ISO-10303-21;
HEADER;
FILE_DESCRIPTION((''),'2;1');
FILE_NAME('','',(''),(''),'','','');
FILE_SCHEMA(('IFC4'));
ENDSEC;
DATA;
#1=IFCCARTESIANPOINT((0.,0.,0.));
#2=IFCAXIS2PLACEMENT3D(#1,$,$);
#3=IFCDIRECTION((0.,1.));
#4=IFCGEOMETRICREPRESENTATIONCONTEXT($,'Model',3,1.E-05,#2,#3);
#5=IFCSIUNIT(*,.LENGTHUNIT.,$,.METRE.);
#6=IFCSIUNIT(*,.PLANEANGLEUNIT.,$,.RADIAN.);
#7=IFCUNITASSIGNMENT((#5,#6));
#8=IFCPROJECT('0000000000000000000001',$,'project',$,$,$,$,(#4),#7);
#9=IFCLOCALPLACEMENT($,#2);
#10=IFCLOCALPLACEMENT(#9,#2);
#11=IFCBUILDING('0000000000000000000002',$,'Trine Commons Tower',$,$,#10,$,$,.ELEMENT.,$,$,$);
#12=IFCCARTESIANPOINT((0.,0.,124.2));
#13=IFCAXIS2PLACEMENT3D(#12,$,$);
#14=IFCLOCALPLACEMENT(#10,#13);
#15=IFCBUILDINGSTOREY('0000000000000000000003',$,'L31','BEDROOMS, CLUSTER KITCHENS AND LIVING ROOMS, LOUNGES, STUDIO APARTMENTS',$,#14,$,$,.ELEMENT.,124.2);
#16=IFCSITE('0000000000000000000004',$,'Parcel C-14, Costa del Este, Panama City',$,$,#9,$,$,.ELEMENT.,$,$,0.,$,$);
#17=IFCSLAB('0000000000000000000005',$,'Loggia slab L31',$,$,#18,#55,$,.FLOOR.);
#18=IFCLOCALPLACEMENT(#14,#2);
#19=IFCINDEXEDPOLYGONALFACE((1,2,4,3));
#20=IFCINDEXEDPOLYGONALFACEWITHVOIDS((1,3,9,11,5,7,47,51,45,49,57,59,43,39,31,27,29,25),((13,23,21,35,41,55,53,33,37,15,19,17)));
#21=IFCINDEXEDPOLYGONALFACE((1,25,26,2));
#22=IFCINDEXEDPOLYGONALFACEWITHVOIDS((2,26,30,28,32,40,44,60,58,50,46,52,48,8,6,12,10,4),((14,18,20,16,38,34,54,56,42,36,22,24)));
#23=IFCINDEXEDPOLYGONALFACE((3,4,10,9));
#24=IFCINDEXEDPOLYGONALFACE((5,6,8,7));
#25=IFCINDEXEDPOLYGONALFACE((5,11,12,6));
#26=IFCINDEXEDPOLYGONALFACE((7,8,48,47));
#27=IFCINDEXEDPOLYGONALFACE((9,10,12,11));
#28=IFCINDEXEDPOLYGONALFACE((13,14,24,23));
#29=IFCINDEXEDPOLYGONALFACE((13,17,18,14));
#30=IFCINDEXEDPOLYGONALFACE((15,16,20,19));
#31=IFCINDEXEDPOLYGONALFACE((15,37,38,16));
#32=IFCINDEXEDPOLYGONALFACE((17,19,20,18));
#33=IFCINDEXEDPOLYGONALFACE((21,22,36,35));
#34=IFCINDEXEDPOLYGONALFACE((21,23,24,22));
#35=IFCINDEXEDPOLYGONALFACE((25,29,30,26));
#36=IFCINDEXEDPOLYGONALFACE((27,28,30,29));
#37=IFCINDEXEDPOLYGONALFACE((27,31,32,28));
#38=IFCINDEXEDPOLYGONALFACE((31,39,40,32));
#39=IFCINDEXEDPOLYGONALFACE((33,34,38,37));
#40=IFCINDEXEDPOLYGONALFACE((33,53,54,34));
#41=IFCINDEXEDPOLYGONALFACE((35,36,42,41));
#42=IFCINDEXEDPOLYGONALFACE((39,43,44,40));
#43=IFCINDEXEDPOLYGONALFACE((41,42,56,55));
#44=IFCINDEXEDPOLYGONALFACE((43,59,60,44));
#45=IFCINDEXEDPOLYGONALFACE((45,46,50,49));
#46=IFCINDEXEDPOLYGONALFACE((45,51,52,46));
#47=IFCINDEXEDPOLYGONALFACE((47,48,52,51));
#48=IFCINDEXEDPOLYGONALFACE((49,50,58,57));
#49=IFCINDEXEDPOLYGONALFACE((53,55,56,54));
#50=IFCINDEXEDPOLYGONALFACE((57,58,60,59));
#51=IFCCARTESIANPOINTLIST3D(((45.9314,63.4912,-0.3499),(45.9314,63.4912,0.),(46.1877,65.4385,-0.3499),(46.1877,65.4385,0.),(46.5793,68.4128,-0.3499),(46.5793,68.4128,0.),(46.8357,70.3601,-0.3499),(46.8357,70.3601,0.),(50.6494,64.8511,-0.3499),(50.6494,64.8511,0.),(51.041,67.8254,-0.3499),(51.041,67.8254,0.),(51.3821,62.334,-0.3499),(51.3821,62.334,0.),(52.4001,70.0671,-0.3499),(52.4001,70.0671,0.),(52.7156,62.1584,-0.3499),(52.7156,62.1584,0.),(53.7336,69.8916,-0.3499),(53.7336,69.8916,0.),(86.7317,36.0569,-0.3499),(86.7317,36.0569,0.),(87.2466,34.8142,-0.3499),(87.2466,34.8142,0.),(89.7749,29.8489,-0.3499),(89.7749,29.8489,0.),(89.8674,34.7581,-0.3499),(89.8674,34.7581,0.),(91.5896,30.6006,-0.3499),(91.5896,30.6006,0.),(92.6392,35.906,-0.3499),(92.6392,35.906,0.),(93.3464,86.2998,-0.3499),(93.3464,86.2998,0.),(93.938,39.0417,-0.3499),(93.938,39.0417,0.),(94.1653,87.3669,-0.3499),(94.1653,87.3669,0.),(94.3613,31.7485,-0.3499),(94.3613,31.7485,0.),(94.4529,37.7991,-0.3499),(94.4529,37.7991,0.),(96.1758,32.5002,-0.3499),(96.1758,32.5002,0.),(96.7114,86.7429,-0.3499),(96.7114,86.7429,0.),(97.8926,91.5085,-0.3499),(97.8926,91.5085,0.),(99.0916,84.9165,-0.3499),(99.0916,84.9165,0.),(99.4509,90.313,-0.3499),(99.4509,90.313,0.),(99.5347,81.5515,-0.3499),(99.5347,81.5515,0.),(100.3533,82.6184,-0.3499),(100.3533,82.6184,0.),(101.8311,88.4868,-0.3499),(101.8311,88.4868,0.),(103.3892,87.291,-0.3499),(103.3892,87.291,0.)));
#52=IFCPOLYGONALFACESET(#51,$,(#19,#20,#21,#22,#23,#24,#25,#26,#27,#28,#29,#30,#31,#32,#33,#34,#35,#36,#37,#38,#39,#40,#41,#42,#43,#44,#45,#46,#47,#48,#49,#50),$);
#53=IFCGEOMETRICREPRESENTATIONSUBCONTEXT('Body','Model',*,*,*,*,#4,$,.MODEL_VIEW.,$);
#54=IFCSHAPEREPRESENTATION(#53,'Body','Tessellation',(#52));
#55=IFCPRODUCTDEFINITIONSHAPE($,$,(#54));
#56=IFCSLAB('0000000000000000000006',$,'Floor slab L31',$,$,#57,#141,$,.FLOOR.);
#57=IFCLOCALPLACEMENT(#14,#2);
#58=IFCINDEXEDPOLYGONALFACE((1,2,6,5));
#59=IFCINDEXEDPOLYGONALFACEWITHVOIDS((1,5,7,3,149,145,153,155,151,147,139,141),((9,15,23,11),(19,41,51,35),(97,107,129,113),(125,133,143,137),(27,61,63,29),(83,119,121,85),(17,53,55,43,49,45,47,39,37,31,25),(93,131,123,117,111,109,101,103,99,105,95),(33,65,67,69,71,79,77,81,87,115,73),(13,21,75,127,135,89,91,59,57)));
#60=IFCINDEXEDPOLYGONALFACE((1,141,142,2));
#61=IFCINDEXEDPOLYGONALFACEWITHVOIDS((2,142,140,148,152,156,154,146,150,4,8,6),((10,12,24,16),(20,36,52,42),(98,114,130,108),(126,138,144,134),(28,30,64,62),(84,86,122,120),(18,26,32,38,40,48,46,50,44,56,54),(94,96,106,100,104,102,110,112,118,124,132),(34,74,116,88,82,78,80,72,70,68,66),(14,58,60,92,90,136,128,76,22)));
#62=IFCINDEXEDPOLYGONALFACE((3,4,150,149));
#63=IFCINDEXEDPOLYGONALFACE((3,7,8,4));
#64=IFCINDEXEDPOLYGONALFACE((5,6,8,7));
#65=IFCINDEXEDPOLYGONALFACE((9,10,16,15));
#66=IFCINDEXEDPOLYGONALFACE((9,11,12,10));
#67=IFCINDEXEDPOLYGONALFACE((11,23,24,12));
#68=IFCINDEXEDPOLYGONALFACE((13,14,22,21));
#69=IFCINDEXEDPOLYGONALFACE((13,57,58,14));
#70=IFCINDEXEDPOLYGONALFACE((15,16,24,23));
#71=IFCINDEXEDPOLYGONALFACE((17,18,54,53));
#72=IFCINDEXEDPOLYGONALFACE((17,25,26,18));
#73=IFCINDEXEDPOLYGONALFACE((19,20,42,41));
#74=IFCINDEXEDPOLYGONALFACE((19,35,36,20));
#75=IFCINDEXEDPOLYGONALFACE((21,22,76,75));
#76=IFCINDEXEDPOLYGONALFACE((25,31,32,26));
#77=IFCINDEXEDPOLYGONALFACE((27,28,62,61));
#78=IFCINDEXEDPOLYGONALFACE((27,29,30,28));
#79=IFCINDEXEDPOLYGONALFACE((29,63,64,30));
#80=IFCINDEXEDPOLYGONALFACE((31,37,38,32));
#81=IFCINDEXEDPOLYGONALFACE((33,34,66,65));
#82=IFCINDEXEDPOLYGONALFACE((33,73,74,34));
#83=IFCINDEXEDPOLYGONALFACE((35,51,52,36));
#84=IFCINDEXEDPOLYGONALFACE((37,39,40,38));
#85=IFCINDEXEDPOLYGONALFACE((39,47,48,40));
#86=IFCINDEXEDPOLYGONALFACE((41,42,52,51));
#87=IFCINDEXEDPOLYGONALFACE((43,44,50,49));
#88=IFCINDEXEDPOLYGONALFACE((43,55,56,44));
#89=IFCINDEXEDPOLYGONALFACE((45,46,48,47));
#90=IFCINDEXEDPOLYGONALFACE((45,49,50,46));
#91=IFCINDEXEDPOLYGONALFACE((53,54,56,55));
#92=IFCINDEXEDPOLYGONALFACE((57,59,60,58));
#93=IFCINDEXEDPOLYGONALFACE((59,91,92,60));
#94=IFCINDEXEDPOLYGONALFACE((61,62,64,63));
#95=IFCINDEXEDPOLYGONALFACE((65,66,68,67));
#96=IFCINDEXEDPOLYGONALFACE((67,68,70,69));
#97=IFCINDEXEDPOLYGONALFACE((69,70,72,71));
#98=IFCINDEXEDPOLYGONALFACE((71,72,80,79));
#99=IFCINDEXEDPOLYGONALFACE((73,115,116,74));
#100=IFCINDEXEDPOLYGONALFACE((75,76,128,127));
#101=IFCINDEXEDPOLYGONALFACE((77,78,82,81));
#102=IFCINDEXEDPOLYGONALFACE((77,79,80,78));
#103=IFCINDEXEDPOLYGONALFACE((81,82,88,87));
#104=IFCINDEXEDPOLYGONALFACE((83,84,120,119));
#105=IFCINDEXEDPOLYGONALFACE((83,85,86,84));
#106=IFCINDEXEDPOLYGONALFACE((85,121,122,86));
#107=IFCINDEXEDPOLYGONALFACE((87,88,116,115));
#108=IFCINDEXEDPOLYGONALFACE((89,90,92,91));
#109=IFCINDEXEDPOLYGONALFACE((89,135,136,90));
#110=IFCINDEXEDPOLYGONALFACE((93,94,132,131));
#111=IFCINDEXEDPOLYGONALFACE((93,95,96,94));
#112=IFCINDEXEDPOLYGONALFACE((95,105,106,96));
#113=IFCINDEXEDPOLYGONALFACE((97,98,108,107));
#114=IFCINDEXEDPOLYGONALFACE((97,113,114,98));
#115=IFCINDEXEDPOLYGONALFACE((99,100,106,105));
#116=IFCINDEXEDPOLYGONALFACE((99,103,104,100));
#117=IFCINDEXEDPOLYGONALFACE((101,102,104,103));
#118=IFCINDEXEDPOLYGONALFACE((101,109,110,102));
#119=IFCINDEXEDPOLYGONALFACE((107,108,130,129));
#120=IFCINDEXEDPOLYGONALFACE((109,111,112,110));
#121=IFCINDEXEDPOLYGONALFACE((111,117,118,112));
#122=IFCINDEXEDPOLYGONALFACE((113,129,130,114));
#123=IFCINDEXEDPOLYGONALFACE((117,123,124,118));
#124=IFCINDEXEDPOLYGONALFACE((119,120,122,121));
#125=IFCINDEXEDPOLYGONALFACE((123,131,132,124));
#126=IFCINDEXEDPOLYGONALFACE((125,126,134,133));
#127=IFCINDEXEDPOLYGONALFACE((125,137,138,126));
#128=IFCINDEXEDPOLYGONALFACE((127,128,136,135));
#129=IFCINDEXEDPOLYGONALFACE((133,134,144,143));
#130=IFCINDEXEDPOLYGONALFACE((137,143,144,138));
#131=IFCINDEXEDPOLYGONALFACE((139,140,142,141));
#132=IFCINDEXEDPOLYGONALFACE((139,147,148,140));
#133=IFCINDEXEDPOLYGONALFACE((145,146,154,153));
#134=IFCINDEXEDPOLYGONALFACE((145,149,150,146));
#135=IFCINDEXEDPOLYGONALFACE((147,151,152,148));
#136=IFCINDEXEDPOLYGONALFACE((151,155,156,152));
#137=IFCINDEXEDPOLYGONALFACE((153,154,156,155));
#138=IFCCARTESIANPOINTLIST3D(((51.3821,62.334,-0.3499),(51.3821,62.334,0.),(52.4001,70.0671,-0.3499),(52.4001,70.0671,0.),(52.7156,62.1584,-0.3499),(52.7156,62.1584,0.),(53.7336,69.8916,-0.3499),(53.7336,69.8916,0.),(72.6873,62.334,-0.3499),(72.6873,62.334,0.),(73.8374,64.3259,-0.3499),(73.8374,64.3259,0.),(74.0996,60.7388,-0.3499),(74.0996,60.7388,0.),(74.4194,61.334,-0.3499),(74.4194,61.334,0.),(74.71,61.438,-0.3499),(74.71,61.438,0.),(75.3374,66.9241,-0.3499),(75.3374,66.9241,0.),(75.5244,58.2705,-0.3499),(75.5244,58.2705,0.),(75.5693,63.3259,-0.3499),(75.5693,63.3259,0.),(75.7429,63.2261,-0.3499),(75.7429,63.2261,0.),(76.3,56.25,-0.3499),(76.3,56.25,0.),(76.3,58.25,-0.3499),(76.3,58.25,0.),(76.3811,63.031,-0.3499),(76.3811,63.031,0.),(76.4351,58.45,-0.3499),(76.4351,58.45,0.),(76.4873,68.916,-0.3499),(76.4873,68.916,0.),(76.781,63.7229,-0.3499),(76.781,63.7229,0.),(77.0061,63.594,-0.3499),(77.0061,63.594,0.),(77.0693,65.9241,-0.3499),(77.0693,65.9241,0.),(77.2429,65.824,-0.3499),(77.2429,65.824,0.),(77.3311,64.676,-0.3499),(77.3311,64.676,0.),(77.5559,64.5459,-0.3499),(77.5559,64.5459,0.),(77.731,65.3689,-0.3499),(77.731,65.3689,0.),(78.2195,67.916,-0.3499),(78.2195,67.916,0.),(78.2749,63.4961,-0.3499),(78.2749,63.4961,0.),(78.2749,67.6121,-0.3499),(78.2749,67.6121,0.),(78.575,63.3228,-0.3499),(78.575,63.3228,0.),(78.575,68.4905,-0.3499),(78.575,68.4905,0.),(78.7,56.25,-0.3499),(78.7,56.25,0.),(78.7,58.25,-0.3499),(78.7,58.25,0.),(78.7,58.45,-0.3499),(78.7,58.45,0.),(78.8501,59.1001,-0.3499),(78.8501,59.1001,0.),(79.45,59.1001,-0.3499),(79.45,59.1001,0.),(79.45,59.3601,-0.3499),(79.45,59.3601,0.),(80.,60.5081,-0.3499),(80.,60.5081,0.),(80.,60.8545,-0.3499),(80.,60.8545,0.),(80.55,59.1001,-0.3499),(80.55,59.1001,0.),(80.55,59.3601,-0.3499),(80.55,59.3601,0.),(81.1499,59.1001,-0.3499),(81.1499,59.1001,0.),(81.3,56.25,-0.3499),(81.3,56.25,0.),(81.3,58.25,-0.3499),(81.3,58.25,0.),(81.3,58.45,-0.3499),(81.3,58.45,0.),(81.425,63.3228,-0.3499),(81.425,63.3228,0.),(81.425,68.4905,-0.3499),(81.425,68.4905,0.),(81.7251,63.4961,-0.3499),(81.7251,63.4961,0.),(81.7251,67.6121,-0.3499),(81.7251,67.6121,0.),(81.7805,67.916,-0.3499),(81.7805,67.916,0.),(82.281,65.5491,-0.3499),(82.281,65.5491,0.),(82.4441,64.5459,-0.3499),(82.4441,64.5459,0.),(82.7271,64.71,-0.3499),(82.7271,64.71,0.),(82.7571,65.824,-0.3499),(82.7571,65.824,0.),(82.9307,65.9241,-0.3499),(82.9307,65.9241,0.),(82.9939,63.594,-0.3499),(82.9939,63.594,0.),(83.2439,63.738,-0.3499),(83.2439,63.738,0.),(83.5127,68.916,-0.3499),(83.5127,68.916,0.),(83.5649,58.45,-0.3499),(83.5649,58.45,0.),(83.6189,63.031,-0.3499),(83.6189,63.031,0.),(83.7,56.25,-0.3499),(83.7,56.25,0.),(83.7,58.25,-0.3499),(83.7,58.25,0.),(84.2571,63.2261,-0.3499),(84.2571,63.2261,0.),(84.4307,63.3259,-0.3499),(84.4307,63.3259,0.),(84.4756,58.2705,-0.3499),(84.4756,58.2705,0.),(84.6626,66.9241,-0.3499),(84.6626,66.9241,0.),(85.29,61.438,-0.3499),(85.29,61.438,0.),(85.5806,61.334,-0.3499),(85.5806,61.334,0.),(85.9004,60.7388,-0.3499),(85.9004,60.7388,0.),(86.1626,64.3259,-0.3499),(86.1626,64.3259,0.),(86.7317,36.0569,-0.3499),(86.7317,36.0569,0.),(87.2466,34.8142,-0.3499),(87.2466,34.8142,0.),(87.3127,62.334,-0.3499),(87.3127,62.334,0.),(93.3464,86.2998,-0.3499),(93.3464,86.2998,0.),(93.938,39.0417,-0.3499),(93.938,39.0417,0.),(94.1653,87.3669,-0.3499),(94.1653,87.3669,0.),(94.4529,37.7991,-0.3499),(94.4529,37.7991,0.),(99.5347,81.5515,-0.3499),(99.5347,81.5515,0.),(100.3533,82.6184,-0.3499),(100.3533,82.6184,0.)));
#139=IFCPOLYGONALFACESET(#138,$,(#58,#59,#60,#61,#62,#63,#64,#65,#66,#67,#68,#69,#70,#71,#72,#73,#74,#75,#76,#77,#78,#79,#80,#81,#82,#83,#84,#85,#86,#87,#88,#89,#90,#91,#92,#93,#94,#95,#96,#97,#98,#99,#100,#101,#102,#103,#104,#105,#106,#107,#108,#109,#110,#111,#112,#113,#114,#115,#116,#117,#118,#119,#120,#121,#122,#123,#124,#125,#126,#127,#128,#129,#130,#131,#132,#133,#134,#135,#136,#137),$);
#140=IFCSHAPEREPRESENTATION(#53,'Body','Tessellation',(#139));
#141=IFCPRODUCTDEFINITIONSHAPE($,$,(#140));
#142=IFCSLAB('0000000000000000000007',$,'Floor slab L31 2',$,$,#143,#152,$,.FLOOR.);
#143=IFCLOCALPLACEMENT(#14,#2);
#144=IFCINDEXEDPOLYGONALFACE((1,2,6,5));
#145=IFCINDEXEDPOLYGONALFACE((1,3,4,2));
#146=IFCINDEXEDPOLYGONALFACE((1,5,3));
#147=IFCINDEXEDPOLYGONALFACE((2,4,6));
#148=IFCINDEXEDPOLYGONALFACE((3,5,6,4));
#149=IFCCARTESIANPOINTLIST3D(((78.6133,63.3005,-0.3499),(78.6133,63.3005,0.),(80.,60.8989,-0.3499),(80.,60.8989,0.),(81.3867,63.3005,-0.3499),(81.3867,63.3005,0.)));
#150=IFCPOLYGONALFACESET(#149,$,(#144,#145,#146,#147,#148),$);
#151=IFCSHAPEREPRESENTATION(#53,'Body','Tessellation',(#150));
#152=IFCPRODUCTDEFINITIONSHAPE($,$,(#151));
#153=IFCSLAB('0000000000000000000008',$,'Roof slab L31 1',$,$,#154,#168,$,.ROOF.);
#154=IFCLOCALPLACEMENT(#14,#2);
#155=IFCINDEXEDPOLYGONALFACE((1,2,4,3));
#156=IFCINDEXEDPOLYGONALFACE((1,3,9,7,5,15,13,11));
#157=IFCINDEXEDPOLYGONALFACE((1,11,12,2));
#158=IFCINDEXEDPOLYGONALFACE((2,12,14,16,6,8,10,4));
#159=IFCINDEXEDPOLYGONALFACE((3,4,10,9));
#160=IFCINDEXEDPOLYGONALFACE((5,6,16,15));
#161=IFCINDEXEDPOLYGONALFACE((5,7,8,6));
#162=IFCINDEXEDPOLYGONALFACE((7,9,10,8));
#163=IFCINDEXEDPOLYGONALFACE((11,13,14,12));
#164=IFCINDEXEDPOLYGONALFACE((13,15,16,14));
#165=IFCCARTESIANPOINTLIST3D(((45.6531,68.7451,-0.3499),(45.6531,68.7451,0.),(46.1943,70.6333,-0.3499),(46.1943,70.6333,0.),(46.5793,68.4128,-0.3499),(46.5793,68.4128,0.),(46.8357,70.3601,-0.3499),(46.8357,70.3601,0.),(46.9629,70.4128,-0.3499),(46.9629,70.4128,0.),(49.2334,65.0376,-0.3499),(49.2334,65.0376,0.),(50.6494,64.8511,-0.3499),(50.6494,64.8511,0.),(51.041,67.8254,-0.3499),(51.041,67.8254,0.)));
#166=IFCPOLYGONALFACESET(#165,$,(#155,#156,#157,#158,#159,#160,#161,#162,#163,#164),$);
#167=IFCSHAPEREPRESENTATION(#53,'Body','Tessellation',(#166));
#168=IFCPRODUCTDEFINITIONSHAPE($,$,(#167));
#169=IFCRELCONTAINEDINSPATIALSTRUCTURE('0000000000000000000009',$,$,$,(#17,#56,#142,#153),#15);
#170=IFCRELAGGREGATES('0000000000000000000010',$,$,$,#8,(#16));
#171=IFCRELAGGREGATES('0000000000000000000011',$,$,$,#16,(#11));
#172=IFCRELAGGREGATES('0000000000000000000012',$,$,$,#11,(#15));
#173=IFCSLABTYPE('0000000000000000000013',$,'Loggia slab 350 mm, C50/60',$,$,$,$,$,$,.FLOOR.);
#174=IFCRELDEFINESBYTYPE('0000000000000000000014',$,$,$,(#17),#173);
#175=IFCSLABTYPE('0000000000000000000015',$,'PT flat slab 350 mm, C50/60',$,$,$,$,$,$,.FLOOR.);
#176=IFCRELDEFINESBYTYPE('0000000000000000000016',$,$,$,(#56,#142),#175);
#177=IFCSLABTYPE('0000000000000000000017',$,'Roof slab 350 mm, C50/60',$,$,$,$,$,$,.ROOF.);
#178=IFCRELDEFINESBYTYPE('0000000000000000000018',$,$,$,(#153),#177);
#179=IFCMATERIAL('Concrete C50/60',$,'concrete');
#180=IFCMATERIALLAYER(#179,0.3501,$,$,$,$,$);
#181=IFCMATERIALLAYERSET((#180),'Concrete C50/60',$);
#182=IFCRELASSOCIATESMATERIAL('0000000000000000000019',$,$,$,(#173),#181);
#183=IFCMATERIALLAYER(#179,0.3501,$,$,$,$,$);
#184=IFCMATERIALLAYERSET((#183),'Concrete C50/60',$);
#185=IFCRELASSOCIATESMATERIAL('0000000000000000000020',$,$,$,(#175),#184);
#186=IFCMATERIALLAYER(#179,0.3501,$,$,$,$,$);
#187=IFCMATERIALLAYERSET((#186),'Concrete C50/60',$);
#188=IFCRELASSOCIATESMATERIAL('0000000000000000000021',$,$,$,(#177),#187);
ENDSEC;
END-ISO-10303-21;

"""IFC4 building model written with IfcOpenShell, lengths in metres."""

from ifc_helpers import new_model, si_unit, direction, frame, origin, place, context, subcontext, project, spatial, polyline, outline, extrude, material, layer, layer_set, type_object, element, save


model = new_model("IFC4")

# Units and contexts
model_context = context("Model", 3, precision=1e-05, world=origin(), true_north=direction((0.0, 1.0)))
body_context = subcontext(model_context, "Body", "Model", "MODEL_VIEW")
ifc_project = project(units=[si_unit("LENGTHUNIT", "METRE"), si_unit("PLANEANGLEUNIT", "RADIAN")], contexts=[model_context])

# Site, building, storey
site_placement = place(None, origin())
site = spatial("IfcSite", under=ifc_project, at=site_placement, Name="Parcel C-14, Costa del Este, Panama City", CompositionType="ELEMENT", RefElevation=0.0)
building_placement = place(site_placement, origin())
building = spatial("IfcBuilding", under=site, at=building_placement, Name="Trine Commons Tower", CompositionType="ELEMENT")
storey_placement = place(building_placement, frame((0.0, 0.0, 124.2)))
storey = spatial("IfcBuildingStorey", under=building, at=storey_placement, Name="L31", Description="BEDROOMS, CLUSTER KITCHENS AND LIVING ROOMS, LOUNGES, STUDIO APARTMENTS", CompositionType="ELEMENT", Elevation=124.2)

# Slabs
ifc_material_1 = material(Name="Concrete C50/60", Category="concrete")
ifc_layer_1 = layer(ifc_material_1, 0.3501)
ifc_layer_set_1 = layer_set([ifc_layer_1], Name="Concrete C50/60")
slab_type_1 = type_object("IfcSlabType", Name="Loggia slab 350 mm, C50/60", PredefinedType="FLOOR", material=ifc_layer_set_1)
slab_1_placement = place(storey_placement, frame((0.0, 0.0, -0.3499)))
element("IfcSlab", 1, at=slab_1_placement, inside=storey, type_object=slab_type_1, Name="Loggia slab L31", PredefinedType="FLOOR", context=body_context, shape_type="SweptSolid", body=[
    extrude(outline(polyline([(96.1758, 32.5002), (103.3892, 87.291), (101.8311, 88.4868), (99.0916, 84.9165), (96.7114, 86.7429), (99.4509, 90.313), (97.8926, 91.5085), (46.8357, 70.3601), (46.5793, 68.4128), (51.041, 67.8254), (50.6494, 64.8511), (46.1877, 65.4385), (45.9314, 63.4912), (89.7749, 29.8489), (91.5896, 30.6006), (89.8674, 34.7581), (92.6392, 35.906), (94.3613, 31.7485), (96.1758, 32.5002)]), holes=[polyline([(87.2466, 34.8142), (86.7317, 36.0569), (93.938, 39.0417), (94.4529, 37.7991), (100.3533, 82.6184), (99.5347, 81.5515), (93.3464, 86.2998), (94.1653, 87.3669), (52.4001, 70.0671), (53.7336, 69.8916), (52.7156, 62.1584), (51.3821, 62.334), (87.2466, 34.8142)])]), origin(), (0.0, 0.0, 1.0), 0.3499),
])
ifc_layer_2 = layer(ifc_material_1, 0.3501)
ifc_layer_set_2 = layer_set([ifc_layer_2], Name="Concrete C50/60")
slab_type_2 = type_object("IfcSlabType", Name="PT flat slab 350 mm, C50/60", PredefinedType="FLOOR", material=ifc_layer_set_2)
slab_2_placement = place(storey_placement, frame((0.0, 0.0, -0.3499)))
element("IfcSlab", 2, at=slab_2_placement, inside=storey, type_object=slab_type_2, Name="Floor slab L31", PredefinedType="FLOOR", context=body_context, shape_type="SweptSolid", body=[
    extrude(outline(polyline([(51.3821, 62.334), (87.2466, 34.8142), (86.7317, 36.0569), (93.938, 39.0417), (94.4529, 37.7991), (100.3533, 82.6184), (99.5347, 81.5515), (93.3464, 86.2998), (94.1653, 87.3669), (52.4001, 70.0671), (53.7336, 69.8916), (52.7156, 62.1584), (51.3821, 62.334)]), holes=[polyline([(78.7, 56.25), (78.7, 58.25), (76.3, 58.25), (76.3, 56.25), (78.7, 56.25)]), polyline([(80.0, 60.8545), (84.4756, 58.2705), (85.9004, 60.7388), (81.425, 63.3228), (81.425, 68.4905), (78.575, 68.4905), (78.575, 63.3228), (74.0996, 60.7388), (75.5244, 58.2705), (80.0, 60.8545)]), polyline([(73.8374, 64.3259), (72.6873, 62.334), (74.4194, 61.334), (75.5693, 63.3259), (73.8374, 64.3259)]), polyline([(76.3811, 63.031), (75.7429, 63.2261), (74.71, 61.438), (78.2749, 63.4961), (78.2749, 67.6121), (77.2429, 65.824), (77.731, 65.3689), (77.3311, 64.676), (77.5559, 64.5459), (77.0061, 63.594), (76.781, 63.7229), (76.3811, 63.031)]), polyline([(76.4873, 68.916), (75.3374, 66.9241), (77.0693, 65.9241), (78.2195, 67.916), (76.4873, 68.916)]), polyline([(83.7, 56.25), (83.7, 58.25), (81.3, 58.25), (81.3, 56.25), (83.7, 56.25)]), polyline([(81.1499, 59.1001), (81.3, 58.45), (83.5649, 58.45), (80.0, 60.5081), (76.4351, 58.45), (78.7, 58.45), (78.8501, 59.1001), (79.45, 59.1001), (79.45, 59.3601), (80.55, 59.3601), (80.55, 59.1001), (81.1499, 59.1001)]), polyline([(86.1626, 64.3259), (84.4307, 63.3259), (85.5806, 61.334), (87.3127, 62.334), (86.1626, 64.3259)]), polyline([(83.2439, 63.738), (82.9939, 63.594), (82.4441, 64.5459), (82.7271, 64.71), (82.281, 65.5491), (82.7571, 65.824), (81.7251, 67.6121), (81.7251, 63.4961), (85.29, 61.438), (84.2571, 63.2261), (83.6189, 63.031), (83.2439, 63.738)]), polyline([(84.6626, 66.9241), (83.5127, 68.916), (81.7805, 67.916), (82.9307, 65.9241), (84.6626, 66.9241)])]), origin(), (0.0, 0.0, 1.0), 0.3499),
])
slab_3_placement = place(storey_placement, frame((0.0, 0.0, -0.3499)))
element("IfcSlab", 3, at=slab_3_placement, inside=storey, type_object=slab_type_2, Name="Floor slab L31 2", PredefinedType="FLOOR", context=body_context, shape_type="SweptSolid", body=[
    extrude(outline(polyline([(78.6133, 63.3005), (80.0, 60.8989), (81.3867, 63.3005), (78.6133, 63.3005)])), origin(), (0.0, 0.0, 1.0), 0.3499),
])
ifc_layer_3 = layer(ifc_material_1, 0.3501)
ifc_layer_set_3 = layer_set([ifc_layer_3], Name="Concrete C50/60")
slab_type_3 = type_object("IfcSlabType", Name="Roof slab 350 mm, C50/60", PredefinedType="ROOF", material=ifc_layer_set_3)
slab_4_placement = place(storey_placement, frame((0.0, 0.0, -0.3499)))
element("IfcSlab", 4, at=slab_4_placement, inside=storey, type_object=slab_type_3, Name="Roof slab L31 1", PredefinedType="ROOF", context=body_context, shape_type="SweptSolid", body=[
    extrude(outline(polyline([(49.2334, 65.0376), (50.6494, 64.8511), (51.041, 67.8254), (46.5793, 68.4128), (46.8357, 70.3601), (46.9629, 70.4128), (46.1943, 70.6333), (45.6531, 68.7451), (49.2334, 65.0376)])), origin(), (0.0, 0.0, 1.0), 0.3499),
])

save(model, "model.ifc")
